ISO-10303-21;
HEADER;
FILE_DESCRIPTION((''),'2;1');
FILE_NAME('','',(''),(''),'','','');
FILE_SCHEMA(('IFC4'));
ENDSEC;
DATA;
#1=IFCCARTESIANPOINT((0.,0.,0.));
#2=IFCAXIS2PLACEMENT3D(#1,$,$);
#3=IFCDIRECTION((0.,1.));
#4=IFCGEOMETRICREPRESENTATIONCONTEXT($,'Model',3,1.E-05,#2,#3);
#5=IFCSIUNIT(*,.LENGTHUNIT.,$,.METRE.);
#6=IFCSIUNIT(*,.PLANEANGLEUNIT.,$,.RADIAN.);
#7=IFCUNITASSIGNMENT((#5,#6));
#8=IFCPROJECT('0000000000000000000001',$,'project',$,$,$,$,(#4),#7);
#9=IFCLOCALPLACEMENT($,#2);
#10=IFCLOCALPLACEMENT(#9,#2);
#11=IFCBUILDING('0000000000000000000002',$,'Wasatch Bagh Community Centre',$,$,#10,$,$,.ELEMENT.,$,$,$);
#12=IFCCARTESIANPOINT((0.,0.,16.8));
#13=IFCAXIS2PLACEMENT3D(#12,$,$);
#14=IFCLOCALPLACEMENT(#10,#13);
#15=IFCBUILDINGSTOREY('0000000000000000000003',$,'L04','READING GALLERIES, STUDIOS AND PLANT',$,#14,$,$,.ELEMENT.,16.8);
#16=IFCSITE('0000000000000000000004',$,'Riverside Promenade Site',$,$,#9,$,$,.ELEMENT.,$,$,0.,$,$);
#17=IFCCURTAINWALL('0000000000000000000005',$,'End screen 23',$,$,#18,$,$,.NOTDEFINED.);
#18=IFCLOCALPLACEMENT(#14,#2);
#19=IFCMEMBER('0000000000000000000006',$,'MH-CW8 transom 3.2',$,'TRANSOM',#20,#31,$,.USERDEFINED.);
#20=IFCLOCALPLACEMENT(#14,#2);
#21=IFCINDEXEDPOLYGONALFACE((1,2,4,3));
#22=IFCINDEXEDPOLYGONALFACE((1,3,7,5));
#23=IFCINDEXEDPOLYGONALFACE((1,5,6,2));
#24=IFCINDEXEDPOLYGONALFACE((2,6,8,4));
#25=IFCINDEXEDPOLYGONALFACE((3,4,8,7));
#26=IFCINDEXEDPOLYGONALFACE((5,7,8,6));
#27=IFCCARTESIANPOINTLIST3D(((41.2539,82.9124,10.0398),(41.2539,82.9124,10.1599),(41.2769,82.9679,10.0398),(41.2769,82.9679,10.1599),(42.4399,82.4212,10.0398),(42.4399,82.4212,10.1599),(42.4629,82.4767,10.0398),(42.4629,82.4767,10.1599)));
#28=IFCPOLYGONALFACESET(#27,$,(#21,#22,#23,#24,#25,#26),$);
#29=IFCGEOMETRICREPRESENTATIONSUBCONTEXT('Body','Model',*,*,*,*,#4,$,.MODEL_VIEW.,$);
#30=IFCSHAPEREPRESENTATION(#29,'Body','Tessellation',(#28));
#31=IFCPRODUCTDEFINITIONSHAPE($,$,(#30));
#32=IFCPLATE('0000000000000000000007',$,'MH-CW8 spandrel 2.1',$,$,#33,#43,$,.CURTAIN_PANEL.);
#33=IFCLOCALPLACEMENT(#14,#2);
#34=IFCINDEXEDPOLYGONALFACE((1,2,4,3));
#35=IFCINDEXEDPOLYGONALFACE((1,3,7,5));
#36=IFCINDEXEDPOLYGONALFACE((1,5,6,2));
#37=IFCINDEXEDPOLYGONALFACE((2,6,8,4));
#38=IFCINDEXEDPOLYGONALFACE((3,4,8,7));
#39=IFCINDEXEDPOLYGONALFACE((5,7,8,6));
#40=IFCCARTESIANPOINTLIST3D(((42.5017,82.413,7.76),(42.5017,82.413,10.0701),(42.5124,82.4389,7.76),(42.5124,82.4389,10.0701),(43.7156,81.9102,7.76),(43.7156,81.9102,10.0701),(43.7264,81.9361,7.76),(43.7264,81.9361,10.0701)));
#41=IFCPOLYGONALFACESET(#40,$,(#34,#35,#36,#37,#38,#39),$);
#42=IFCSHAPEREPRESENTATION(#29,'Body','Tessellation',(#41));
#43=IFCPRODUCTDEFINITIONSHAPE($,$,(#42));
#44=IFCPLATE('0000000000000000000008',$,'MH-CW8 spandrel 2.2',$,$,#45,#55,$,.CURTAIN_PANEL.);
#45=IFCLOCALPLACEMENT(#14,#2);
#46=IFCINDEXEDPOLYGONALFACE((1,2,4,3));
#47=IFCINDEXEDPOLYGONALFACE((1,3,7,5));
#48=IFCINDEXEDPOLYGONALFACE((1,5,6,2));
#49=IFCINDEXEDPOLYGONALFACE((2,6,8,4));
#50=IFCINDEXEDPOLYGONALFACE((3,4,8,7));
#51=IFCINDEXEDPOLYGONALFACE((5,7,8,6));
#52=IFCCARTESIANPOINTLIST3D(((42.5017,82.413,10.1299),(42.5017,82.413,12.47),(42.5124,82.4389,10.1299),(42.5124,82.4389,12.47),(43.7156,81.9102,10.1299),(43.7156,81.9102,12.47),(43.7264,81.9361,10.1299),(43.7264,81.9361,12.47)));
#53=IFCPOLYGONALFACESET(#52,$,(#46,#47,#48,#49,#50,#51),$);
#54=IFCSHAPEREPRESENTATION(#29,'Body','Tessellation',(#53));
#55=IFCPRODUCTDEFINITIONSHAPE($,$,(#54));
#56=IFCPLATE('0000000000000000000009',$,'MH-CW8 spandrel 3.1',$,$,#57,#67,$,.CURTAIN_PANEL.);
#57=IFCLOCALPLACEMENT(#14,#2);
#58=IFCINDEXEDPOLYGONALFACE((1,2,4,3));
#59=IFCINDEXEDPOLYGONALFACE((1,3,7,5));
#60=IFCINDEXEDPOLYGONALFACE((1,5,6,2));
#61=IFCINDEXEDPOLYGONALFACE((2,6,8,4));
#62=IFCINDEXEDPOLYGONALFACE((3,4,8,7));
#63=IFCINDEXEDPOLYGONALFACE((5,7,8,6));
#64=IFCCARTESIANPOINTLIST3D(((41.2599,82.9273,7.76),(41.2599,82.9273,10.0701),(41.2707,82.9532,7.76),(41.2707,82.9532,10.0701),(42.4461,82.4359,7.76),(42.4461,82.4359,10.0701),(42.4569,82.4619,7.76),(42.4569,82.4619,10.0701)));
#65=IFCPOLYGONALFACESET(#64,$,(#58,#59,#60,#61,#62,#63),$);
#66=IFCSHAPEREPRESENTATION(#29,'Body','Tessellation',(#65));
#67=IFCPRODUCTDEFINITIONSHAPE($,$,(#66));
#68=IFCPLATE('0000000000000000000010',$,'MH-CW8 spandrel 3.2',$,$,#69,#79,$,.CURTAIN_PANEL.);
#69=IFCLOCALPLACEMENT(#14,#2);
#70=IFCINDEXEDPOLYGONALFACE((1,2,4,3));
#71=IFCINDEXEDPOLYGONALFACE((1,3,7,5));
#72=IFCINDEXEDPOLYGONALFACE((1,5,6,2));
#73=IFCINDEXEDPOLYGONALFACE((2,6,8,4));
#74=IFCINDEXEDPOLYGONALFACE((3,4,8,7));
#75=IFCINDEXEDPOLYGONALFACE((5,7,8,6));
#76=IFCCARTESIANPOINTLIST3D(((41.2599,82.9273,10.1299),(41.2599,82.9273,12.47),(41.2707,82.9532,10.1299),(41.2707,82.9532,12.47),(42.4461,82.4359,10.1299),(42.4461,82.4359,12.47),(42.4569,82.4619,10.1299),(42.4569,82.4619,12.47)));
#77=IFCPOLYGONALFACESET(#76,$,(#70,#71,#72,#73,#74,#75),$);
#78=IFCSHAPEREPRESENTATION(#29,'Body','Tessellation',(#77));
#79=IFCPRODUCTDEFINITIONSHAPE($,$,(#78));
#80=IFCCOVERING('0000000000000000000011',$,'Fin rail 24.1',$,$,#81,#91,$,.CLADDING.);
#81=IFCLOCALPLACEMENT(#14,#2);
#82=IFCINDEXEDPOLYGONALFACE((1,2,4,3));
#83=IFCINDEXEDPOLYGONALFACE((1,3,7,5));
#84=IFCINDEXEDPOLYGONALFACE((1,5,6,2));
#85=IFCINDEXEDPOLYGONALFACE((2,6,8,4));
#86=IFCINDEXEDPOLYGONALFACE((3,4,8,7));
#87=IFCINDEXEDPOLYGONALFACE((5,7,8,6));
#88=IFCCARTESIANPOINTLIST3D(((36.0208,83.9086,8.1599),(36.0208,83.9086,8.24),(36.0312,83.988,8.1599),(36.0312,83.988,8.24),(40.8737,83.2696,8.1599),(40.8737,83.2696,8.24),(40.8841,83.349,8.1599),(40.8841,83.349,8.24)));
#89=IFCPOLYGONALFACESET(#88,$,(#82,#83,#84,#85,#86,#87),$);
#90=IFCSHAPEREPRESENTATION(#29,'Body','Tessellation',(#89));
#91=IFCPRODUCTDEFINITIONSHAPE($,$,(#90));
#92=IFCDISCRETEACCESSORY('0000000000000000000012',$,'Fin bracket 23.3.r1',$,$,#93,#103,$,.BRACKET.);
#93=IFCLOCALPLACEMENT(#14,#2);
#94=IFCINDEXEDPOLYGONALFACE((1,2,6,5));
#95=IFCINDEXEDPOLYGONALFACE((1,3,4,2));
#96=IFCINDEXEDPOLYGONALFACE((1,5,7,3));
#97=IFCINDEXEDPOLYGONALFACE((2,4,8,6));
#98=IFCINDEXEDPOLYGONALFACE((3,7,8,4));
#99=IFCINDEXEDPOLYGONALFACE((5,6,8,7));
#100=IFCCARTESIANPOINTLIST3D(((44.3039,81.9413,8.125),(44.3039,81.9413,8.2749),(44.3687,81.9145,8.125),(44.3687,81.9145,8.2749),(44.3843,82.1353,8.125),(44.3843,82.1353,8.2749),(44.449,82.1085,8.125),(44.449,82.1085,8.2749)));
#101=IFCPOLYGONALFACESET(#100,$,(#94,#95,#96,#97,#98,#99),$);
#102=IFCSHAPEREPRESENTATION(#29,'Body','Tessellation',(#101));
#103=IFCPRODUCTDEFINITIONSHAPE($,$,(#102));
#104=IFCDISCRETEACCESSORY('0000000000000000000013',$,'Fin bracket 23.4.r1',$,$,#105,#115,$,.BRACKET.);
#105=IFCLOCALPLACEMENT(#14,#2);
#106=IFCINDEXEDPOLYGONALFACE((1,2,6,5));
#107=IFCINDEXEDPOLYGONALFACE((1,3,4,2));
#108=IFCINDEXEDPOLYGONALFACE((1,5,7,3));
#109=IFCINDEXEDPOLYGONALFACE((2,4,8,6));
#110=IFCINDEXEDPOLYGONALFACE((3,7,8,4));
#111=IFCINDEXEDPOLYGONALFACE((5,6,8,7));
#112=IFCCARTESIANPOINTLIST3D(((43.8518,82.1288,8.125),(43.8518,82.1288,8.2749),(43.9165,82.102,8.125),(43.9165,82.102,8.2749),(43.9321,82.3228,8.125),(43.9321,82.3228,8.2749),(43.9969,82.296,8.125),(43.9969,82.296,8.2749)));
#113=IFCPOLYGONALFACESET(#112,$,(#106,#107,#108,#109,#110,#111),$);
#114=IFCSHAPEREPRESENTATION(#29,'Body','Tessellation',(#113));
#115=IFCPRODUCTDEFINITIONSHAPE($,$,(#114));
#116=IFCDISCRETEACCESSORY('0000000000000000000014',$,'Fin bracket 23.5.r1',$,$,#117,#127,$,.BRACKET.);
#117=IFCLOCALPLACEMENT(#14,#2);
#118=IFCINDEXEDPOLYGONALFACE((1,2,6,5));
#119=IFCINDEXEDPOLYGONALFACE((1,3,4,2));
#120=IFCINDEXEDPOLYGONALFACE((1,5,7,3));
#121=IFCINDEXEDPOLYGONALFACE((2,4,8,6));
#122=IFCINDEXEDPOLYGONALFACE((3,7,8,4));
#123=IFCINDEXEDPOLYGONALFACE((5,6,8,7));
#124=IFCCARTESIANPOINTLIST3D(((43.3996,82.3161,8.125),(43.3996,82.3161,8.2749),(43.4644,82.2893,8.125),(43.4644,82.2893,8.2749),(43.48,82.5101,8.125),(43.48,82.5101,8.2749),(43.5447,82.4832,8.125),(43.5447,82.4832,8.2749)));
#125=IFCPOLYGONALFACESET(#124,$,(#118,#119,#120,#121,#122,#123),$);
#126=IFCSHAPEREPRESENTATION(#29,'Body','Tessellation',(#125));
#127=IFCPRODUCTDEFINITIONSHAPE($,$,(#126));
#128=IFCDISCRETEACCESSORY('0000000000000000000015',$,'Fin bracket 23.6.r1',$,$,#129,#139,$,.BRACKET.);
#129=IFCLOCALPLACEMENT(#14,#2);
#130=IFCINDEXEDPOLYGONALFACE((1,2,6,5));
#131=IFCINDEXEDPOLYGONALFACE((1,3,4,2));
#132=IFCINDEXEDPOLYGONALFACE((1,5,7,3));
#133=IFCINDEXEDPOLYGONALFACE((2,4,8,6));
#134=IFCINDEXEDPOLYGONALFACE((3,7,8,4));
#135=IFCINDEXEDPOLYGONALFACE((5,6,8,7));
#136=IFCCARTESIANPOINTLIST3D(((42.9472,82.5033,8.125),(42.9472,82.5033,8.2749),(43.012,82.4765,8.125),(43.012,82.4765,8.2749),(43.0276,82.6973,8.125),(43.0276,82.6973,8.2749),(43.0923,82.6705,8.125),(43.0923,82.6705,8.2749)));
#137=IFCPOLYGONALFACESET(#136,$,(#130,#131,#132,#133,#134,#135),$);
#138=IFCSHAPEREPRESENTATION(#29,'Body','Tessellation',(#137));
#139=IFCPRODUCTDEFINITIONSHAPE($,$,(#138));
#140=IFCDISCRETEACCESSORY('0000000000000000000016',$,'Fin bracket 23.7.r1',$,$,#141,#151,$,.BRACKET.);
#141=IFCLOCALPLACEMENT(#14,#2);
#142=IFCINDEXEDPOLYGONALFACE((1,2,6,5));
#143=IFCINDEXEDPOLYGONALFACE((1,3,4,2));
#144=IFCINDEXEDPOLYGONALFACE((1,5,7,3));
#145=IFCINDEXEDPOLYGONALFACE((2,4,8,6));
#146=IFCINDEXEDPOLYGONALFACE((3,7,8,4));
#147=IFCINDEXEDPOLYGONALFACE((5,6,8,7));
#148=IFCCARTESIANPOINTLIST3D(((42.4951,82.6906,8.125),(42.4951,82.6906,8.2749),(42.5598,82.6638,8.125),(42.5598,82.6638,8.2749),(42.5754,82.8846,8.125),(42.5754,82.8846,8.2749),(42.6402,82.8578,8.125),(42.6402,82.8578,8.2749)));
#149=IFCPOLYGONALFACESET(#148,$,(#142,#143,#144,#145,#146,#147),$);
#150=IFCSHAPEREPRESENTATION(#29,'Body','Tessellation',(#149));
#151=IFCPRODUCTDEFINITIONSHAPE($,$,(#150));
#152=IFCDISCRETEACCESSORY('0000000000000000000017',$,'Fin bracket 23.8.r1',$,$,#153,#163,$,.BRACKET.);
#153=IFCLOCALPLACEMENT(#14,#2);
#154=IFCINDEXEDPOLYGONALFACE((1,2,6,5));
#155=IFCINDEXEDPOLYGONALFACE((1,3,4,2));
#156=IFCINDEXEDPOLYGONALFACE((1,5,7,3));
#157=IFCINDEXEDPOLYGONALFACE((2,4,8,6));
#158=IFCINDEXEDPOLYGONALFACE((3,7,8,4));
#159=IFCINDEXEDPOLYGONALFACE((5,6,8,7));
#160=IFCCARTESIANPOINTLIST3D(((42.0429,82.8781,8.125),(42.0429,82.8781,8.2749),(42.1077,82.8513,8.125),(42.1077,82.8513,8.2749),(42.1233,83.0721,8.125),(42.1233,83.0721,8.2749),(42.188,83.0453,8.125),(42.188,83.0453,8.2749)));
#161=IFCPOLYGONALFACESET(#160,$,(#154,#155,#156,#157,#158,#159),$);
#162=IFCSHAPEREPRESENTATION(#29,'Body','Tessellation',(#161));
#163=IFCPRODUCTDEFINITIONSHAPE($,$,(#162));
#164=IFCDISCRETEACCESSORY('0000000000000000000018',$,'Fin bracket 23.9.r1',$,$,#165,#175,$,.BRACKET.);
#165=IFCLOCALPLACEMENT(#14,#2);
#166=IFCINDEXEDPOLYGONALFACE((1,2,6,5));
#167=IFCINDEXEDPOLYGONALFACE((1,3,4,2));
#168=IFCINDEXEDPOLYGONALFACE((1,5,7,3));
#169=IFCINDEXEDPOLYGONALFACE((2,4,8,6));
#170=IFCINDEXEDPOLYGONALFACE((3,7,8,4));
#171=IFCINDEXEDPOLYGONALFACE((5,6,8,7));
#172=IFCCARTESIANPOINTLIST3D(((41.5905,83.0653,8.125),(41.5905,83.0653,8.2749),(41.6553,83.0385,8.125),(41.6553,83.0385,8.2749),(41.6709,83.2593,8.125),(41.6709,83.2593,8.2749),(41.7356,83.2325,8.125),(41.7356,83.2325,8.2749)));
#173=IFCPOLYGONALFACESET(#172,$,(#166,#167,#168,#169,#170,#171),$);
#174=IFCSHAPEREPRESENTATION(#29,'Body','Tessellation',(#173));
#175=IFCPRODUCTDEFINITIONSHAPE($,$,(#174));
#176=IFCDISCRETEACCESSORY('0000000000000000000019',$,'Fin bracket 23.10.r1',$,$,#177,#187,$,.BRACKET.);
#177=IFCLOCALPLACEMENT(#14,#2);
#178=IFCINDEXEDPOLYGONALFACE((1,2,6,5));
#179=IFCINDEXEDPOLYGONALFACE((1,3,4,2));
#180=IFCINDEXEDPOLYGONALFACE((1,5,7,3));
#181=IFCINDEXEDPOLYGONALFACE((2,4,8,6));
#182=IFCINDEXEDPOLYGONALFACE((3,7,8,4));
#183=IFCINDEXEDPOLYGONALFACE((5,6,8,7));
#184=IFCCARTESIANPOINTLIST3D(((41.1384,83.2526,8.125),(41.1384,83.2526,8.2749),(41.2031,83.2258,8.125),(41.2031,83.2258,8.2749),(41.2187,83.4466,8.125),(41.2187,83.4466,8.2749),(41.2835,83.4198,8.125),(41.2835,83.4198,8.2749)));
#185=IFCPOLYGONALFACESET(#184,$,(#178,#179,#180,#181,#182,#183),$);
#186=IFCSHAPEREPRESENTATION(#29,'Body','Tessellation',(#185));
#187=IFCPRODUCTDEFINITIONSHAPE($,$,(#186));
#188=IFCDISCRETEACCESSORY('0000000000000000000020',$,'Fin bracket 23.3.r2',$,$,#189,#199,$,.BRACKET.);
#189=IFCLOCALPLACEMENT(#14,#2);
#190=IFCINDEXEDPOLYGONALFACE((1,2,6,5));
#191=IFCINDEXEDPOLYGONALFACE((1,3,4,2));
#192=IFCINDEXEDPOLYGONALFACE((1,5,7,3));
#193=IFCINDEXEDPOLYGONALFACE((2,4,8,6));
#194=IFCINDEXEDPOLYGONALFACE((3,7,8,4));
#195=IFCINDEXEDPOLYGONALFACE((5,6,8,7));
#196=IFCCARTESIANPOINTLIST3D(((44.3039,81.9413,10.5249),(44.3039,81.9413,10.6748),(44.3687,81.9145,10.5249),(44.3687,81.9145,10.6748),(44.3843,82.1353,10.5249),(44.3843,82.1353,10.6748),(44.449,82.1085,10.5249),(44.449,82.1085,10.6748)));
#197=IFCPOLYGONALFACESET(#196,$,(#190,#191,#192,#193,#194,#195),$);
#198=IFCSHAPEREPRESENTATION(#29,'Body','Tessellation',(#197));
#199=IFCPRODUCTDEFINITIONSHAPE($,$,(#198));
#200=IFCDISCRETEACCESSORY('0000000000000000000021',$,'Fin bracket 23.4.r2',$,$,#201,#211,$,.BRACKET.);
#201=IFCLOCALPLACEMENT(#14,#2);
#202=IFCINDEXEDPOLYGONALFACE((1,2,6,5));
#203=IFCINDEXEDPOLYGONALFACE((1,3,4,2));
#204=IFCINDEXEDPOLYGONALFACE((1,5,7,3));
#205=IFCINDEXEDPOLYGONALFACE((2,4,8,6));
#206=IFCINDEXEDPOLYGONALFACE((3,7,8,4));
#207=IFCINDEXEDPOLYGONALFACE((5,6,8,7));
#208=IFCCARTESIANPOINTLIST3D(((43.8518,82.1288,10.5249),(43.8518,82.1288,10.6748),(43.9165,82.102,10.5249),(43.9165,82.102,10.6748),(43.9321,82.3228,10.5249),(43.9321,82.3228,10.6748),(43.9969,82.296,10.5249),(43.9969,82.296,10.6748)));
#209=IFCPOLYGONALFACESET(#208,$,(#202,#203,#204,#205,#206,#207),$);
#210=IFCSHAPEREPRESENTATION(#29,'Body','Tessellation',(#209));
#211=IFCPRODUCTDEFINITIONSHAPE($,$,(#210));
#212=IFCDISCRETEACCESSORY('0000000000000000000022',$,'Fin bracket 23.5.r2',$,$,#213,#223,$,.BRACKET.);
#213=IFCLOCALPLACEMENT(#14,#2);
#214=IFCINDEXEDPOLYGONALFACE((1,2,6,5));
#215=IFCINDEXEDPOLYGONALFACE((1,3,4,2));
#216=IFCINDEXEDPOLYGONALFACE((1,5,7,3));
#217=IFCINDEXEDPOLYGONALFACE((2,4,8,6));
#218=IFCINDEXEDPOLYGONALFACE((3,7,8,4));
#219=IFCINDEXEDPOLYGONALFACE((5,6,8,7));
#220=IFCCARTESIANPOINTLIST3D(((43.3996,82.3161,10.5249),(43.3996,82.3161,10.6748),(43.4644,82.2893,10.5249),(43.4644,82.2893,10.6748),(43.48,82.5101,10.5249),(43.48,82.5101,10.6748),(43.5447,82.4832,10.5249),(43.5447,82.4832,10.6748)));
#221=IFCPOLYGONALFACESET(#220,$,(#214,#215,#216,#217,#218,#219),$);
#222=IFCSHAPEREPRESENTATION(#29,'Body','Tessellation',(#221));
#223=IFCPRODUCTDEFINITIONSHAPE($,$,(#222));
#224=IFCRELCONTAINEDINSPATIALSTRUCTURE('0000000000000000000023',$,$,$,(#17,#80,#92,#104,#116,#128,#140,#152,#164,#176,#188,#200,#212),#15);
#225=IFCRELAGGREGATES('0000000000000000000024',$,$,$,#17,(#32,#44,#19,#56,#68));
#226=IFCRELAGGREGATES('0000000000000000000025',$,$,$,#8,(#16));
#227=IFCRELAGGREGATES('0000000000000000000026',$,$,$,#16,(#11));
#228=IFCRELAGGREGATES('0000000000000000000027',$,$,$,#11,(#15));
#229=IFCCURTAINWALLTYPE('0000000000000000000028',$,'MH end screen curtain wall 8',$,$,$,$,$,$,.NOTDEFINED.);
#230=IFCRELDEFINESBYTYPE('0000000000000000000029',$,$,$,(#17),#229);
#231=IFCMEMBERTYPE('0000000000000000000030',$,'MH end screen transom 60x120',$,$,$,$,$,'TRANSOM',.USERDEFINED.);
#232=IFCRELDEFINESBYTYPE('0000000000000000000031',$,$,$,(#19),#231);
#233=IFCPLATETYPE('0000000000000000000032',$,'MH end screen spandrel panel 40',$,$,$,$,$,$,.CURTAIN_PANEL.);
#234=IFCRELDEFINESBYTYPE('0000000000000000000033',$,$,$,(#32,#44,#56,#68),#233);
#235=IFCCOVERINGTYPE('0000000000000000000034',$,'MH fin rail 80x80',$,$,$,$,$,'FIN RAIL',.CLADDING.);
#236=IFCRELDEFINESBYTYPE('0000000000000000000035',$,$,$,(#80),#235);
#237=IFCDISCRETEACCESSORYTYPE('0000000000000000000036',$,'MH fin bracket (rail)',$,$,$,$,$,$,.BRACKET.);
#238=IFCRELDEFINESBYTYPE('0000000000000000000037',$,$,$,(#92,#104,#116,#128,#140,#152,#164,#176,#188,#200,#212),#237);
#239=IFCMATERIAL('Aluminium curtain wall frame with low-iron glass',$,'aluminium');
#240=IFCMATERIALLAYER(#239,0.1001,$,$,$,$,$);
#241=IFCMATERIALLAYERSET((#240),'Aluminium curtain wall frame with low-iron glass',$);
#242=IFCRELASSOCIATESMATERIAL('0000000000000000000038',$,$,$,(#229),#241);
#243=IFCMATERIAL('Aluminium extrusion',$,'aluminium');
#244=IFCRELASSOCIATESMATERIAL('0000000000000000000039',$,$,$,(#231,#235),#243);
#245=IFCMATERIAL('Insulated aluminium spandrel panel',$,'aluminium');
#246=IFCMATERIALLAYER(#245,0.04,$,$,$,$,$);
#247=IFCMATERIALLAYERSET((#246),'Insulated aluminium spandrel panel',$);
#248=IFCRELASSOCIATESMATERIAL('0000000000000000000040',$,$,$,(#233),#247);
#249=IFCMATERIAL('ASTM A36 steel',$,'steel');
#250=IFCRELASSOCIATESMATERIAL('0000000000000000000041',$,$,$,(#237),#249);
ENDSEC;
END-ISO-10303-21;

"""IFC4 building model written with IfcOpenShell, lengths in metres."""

from ifc_helpers import new_model, si_unit, direction, frame, origin, origin_2d, place, context, subcontext, project, spatial, rectangle, extrude, material, layer, layer_set, material_profile, profile_set, type_object, element, aggregate, save


model = new_model("IFC4")

# Units and contexts
model_context = context("Model", 3, precision=1e-05, world=origin(), true_north=direction((0.0, 1.0)))
body_context = subcontext(model_context, "Body", "Model", "MODEL_VIEW")
ifc_project = project(units=[si_unit("LENGTHUNIT", "METRE"), si_unit("PLANEANGLEUNIT", "RADIAN")], contexts=[model_context])

# Site, building, storey
site_placement = place(None, origin())
site = spatial("IfcSite", under=ifc_project, at=site_placement, Name="Riverside Promenade Site", CompositionType="ELEMENT", RefElevation=0.0)
building_placement = place(site_placement, origin())
building = spatial("IfcBuilding", under=site, at=building_placement, Name="Wasatch Bagh Community Centre", CompositionType="ELEMENT")
storey_placement = place(building_placement, frame((0.0, 0.0, 16.8)))
storey = spatial("IfcBuildingStorey", under=building, at=storey_placement, Name="L04", Description="READING GALLERIES, STUDIOS AND PLANT", CompositionType="ELEMENT", Elevation=16.8)

# Curtain wall, member, plates
ifc_material_1 = material(Name="Aluminium curtain wall frame with low-iron glass", Category="aluminium")
ifc_layer_1 = layer(ifc_material_1, 0.1001)
ifc_layer_set_1 = layer_set([ifc_layer_1], Name="Aluminium curtain wall frame with low-iron glass")
curtain_wall_type = type_object("IfcCurtainWallType", Name="MH end screen curtain wall 8", PredefinedType="NOTDEFINED", material=ifc_layer_set_1)
curtain_wall_placement = place(storey_placement, origin())
curtain_wall = element("IfcCurtainWall", 1, at=curtain_wall_placement, inside=storey, type_object=curtain_wall_type, Name="End screen 23", PredefinedType="NOTDEFINED")
ifc_material_2 = material(Name="Aluminium extrusion", Category="aluminium")
ifc_material_profile_1 = material_profile(ifc_material_2, rectangle(XDim=0.0601, YDim=0.1201, at=origin_2d()), Name="AL 60x120")
ifc_profile_set_1 = profile_set([ifc_material_profile_1], Name="Aluminium extrusion")
member_type = type_object("IfcMemberType", Name="MH end screen transom 60x120", ElementType="TRANSOM", PredefinedType="USERDEFINED", material=ifc_profile_set_1)
member_placement = place(storey_placement, frame((42.4514, 82.449, 10.0999), z_axis=(-0.923896, 0.382643, 0.0), x_axis=(-0.382643, -0.923896, 0.0)))
member = element("IfcMember", 2, at=member_placement, type_object=member_type, Name="MH-CW8 transom 3.2", ObjectType="TRANSOM", PredefinedType="USERDEFINED", context=body_context, shape_type="SweptSolid", body=[
    extrude(rectangle(XDim=0.0601, YDim=0.1201, at=origin_2d()), origin(), (0.0, 0.0, 1.0), 1.2837),
])
ifc_material_3 = material(Name="Insulated aluminium spandrel panel", Category="aluminium")
ifc_layer_2 = layer(ifc_material_3, 0.04)
ifc_layer_set_2 = layer_set([ifc_layer_2], Name="Insulated aluminium spandrel panel")
plate_type = type_object("IfcPlateType", Name="MH end screen spandrel panel 40", PredefinedType="CURTAIN_PANEL", material=ifc_layer_set_2)
plate_1_placement = place(storey_placement, frame((43.114, 82.1746, 7.76), z_axis=(0.0, 0.0, 1.0), x_axis=(-0.92388, 0.382683, 0.0)))
plate_1 = element("IfcPlate", 3, at=plate_1_placement, type_object=plate_type, Name="MH-CW8 spandrel 2.1", PredefinedType="CURTAIN_PANEL", context=body_context, shape_type="SweptSolid", body=[
    extrude(rectangle(XDim=1.314, YDim=0.0281, at=origin_2d()), origin(), (0.0, 0.0, 1.0), 2.3101),
])
plate_2_placement = place(storey_placement, frame((43.114, 82.1746, 10.1299), z_axis=(0.0, 0.0, 1.0), x_axis=(-0.92388, 0.382683, 0.0)))
plate_2 = element("IfcPlate", 4, at=plate_2_placement, type_object=plate_type, Name="MH-CW8 spandrel 2.2", PredefinedType="CURTAIN_PANEL", context=body_context, shape_type="SweptSolid", body=[
    extrude(rectangle(XDim=1.314, YDim=0.0281, at=origin_2d()), origin(), (0.0, 0.0, 1.0), 2.3401),
])
plate_3_placement = place(storey_placement, frame((41.8584, 82.6946, 7.76), z_axis=(0.0, 0.0, 1.0), x_axis=(-0.92388, 0.382683, 0.0)))
plate_3 = element("IfcPlate", 5, at=plate_3_placement, type_object=plate_type, Name="MH-CW8 spandrel 3.1", PredefinedType="CURTAIN_PANEL", context=body_context, shape_type="SweptSolid", body=[
    extrude(rectangle(XDim=1.2839, YDim=0.0281, at=origin_2d()), origin(), (0.0, 0.0, 1.0), 2.3101),
])
plate_4_placement = place(storey_placement, frame((41.8584, 82.6946, 10.1299), z_axis=(0.0, 0.0, 1.0), x_axis=(-0.92388, 0.382683, 0.0)))
plate_4 = element("IfcPlate", 6, at=plate_4_placement, type_object=plate_type, Name="MH-CW8 spandrel 3.2", PredefinedType="CURTAIN_PANEL", context=body_context, shape_type="SweptSolid", body=[
    extrude(rectangle(XDim=1.2839, YDim=0.0281, at=origin_2d()), origin(), (0.0, 0.0, 1.0), 2.3401),
])
aggregate(curtain_wall, [plate_1, plate_2, member, plate_3, plate_4])

# Covering
ifc_material_profile_2 = material_profile(ifc_material_2, rectangle(XDim=0.0801, YDim=0.0801, at=origin_2d()), Name="AL 80x80")
ifc_profile_set_2 = profile_set([ifc_material_profile_2], Name="Aluminium extrusion")
covering_type = type_object("IfcCoveringType", Name="MH fin rail 80x80", ElementType="FIN RAIL", PredefinedType="CLADDING", material=ifc_profile_set_2)
covering_placement = place(storey_placement, frame((40.8789, 83.3093, 8.2), z_axis=(-0.991444, 0.130533, 0.0), x_axis=(-0.130533, -0.991444, 0.0)))
element("IfcCovering", 7, at=covering_placement, inside=storey, type_object=covering_type, Name="Fin rail 24.1", PredefinedType="CLADDING", context=body_context, shape_type="SweptSolid", body=[
    extrude(rectangle(XDim=0.0801, YDim=0.0801, at=origin_2d()), origin(), (0.0, 0.0, 1.0), 4.8948),
])

# Discrete accessories
ifc_material_4 = material(Name="ASTM A36 steel", Category="steel")
discrete_accessory_type_1 = type_object("IfcDiscreteAccessoryType", Name="MH fin bracket (rail)", PredefinedType="BRACKET", material=ifc_material_4)
for number, where, z_axis, x_axis, name in (
    (8, (44.3765, 82.0249, 8.125), (0.0, 0.0, 1.0), (-0.92388, 0.382683, 0.0), "Fin bracket 23.3.r1"),
    (9, (43.9243, 82.2124, 8.125), (0.0, 0.0, 1.0), (-0.92388, 0.382683, 0.0), "Fin bracket 23.4.r1"),
    (10, (43.4722, 82.3997, 8.125), (0.0, 0.0, 1.0), (-0.92388, 0.382683, 0.0), "Fin bracket 23.5.r1"),
    (11, (43.0198, 82.5869, 8.125), (0.0, 0.0, 1.0), (-0.92388, 0.382683, 0.0), "Fin bracket 23.6.r1"),
    (12, (42.5676, 82.7742, 8.125), (0.0, 0.0, 1.0), (-0.92388, 0.382683, 0.0), "Fin bracket 23.7.r1"),
    (13, (42.1155, 82.9617, 8.125), (0.0, 0.0, 1.0), (-0.92388, 0.382683, 0.0), "Fin bracket 23.8.r1"),
    (14, (41.6631, 83.1489, 8.125), (0.0, 0.0, 1.0), (-0.92388, 0.382683, 0.0), "Fin bracket 23.9.r1"),
    (15, (41.2109, 83.3362, 8.125), (0.0, 0.0, 1.0), (-0.92388, 0.382683, 0.0), "Fin bracket 23.10.r1"),
    (16, (44.3765, 82.0249, 10.5249), (0.0, 0.0, 1.0), (-0.92388, 0.382683, 0.0), "Fin bracket 23.3.r2"),
    (17, (43.9243, 82.2124, 10.5249), (0.0, 0.0, 1.0), (-0.92388, 0.382683, 0.0), "Fin bracket 23.4.r2"),
    (18, (43.4722, 82.3997, 10.5249), (0.0, 0.0, 1.0), (-0.92388, 0.382683, 0.0), "Fin bracket 23.5.r2"),
):
    element("IfcDiscreteAccessory", number, at=place(storey_placement, frame(where, z_axis=z_axis, x_axis=x_axis)), inside=storey, type_object=discrete_accessory_type_1, Name=name, PredefinedType="BRACKET", context=body_context, shape_type="SweptSolid", body=[
        extrude(rectangle(XDim=0.0701, YDim=0.21, at=origin_2d()), origin(), (0.0, 0.0, 1.0), 0.1499),
    ])

save(model, "model.ifc")
